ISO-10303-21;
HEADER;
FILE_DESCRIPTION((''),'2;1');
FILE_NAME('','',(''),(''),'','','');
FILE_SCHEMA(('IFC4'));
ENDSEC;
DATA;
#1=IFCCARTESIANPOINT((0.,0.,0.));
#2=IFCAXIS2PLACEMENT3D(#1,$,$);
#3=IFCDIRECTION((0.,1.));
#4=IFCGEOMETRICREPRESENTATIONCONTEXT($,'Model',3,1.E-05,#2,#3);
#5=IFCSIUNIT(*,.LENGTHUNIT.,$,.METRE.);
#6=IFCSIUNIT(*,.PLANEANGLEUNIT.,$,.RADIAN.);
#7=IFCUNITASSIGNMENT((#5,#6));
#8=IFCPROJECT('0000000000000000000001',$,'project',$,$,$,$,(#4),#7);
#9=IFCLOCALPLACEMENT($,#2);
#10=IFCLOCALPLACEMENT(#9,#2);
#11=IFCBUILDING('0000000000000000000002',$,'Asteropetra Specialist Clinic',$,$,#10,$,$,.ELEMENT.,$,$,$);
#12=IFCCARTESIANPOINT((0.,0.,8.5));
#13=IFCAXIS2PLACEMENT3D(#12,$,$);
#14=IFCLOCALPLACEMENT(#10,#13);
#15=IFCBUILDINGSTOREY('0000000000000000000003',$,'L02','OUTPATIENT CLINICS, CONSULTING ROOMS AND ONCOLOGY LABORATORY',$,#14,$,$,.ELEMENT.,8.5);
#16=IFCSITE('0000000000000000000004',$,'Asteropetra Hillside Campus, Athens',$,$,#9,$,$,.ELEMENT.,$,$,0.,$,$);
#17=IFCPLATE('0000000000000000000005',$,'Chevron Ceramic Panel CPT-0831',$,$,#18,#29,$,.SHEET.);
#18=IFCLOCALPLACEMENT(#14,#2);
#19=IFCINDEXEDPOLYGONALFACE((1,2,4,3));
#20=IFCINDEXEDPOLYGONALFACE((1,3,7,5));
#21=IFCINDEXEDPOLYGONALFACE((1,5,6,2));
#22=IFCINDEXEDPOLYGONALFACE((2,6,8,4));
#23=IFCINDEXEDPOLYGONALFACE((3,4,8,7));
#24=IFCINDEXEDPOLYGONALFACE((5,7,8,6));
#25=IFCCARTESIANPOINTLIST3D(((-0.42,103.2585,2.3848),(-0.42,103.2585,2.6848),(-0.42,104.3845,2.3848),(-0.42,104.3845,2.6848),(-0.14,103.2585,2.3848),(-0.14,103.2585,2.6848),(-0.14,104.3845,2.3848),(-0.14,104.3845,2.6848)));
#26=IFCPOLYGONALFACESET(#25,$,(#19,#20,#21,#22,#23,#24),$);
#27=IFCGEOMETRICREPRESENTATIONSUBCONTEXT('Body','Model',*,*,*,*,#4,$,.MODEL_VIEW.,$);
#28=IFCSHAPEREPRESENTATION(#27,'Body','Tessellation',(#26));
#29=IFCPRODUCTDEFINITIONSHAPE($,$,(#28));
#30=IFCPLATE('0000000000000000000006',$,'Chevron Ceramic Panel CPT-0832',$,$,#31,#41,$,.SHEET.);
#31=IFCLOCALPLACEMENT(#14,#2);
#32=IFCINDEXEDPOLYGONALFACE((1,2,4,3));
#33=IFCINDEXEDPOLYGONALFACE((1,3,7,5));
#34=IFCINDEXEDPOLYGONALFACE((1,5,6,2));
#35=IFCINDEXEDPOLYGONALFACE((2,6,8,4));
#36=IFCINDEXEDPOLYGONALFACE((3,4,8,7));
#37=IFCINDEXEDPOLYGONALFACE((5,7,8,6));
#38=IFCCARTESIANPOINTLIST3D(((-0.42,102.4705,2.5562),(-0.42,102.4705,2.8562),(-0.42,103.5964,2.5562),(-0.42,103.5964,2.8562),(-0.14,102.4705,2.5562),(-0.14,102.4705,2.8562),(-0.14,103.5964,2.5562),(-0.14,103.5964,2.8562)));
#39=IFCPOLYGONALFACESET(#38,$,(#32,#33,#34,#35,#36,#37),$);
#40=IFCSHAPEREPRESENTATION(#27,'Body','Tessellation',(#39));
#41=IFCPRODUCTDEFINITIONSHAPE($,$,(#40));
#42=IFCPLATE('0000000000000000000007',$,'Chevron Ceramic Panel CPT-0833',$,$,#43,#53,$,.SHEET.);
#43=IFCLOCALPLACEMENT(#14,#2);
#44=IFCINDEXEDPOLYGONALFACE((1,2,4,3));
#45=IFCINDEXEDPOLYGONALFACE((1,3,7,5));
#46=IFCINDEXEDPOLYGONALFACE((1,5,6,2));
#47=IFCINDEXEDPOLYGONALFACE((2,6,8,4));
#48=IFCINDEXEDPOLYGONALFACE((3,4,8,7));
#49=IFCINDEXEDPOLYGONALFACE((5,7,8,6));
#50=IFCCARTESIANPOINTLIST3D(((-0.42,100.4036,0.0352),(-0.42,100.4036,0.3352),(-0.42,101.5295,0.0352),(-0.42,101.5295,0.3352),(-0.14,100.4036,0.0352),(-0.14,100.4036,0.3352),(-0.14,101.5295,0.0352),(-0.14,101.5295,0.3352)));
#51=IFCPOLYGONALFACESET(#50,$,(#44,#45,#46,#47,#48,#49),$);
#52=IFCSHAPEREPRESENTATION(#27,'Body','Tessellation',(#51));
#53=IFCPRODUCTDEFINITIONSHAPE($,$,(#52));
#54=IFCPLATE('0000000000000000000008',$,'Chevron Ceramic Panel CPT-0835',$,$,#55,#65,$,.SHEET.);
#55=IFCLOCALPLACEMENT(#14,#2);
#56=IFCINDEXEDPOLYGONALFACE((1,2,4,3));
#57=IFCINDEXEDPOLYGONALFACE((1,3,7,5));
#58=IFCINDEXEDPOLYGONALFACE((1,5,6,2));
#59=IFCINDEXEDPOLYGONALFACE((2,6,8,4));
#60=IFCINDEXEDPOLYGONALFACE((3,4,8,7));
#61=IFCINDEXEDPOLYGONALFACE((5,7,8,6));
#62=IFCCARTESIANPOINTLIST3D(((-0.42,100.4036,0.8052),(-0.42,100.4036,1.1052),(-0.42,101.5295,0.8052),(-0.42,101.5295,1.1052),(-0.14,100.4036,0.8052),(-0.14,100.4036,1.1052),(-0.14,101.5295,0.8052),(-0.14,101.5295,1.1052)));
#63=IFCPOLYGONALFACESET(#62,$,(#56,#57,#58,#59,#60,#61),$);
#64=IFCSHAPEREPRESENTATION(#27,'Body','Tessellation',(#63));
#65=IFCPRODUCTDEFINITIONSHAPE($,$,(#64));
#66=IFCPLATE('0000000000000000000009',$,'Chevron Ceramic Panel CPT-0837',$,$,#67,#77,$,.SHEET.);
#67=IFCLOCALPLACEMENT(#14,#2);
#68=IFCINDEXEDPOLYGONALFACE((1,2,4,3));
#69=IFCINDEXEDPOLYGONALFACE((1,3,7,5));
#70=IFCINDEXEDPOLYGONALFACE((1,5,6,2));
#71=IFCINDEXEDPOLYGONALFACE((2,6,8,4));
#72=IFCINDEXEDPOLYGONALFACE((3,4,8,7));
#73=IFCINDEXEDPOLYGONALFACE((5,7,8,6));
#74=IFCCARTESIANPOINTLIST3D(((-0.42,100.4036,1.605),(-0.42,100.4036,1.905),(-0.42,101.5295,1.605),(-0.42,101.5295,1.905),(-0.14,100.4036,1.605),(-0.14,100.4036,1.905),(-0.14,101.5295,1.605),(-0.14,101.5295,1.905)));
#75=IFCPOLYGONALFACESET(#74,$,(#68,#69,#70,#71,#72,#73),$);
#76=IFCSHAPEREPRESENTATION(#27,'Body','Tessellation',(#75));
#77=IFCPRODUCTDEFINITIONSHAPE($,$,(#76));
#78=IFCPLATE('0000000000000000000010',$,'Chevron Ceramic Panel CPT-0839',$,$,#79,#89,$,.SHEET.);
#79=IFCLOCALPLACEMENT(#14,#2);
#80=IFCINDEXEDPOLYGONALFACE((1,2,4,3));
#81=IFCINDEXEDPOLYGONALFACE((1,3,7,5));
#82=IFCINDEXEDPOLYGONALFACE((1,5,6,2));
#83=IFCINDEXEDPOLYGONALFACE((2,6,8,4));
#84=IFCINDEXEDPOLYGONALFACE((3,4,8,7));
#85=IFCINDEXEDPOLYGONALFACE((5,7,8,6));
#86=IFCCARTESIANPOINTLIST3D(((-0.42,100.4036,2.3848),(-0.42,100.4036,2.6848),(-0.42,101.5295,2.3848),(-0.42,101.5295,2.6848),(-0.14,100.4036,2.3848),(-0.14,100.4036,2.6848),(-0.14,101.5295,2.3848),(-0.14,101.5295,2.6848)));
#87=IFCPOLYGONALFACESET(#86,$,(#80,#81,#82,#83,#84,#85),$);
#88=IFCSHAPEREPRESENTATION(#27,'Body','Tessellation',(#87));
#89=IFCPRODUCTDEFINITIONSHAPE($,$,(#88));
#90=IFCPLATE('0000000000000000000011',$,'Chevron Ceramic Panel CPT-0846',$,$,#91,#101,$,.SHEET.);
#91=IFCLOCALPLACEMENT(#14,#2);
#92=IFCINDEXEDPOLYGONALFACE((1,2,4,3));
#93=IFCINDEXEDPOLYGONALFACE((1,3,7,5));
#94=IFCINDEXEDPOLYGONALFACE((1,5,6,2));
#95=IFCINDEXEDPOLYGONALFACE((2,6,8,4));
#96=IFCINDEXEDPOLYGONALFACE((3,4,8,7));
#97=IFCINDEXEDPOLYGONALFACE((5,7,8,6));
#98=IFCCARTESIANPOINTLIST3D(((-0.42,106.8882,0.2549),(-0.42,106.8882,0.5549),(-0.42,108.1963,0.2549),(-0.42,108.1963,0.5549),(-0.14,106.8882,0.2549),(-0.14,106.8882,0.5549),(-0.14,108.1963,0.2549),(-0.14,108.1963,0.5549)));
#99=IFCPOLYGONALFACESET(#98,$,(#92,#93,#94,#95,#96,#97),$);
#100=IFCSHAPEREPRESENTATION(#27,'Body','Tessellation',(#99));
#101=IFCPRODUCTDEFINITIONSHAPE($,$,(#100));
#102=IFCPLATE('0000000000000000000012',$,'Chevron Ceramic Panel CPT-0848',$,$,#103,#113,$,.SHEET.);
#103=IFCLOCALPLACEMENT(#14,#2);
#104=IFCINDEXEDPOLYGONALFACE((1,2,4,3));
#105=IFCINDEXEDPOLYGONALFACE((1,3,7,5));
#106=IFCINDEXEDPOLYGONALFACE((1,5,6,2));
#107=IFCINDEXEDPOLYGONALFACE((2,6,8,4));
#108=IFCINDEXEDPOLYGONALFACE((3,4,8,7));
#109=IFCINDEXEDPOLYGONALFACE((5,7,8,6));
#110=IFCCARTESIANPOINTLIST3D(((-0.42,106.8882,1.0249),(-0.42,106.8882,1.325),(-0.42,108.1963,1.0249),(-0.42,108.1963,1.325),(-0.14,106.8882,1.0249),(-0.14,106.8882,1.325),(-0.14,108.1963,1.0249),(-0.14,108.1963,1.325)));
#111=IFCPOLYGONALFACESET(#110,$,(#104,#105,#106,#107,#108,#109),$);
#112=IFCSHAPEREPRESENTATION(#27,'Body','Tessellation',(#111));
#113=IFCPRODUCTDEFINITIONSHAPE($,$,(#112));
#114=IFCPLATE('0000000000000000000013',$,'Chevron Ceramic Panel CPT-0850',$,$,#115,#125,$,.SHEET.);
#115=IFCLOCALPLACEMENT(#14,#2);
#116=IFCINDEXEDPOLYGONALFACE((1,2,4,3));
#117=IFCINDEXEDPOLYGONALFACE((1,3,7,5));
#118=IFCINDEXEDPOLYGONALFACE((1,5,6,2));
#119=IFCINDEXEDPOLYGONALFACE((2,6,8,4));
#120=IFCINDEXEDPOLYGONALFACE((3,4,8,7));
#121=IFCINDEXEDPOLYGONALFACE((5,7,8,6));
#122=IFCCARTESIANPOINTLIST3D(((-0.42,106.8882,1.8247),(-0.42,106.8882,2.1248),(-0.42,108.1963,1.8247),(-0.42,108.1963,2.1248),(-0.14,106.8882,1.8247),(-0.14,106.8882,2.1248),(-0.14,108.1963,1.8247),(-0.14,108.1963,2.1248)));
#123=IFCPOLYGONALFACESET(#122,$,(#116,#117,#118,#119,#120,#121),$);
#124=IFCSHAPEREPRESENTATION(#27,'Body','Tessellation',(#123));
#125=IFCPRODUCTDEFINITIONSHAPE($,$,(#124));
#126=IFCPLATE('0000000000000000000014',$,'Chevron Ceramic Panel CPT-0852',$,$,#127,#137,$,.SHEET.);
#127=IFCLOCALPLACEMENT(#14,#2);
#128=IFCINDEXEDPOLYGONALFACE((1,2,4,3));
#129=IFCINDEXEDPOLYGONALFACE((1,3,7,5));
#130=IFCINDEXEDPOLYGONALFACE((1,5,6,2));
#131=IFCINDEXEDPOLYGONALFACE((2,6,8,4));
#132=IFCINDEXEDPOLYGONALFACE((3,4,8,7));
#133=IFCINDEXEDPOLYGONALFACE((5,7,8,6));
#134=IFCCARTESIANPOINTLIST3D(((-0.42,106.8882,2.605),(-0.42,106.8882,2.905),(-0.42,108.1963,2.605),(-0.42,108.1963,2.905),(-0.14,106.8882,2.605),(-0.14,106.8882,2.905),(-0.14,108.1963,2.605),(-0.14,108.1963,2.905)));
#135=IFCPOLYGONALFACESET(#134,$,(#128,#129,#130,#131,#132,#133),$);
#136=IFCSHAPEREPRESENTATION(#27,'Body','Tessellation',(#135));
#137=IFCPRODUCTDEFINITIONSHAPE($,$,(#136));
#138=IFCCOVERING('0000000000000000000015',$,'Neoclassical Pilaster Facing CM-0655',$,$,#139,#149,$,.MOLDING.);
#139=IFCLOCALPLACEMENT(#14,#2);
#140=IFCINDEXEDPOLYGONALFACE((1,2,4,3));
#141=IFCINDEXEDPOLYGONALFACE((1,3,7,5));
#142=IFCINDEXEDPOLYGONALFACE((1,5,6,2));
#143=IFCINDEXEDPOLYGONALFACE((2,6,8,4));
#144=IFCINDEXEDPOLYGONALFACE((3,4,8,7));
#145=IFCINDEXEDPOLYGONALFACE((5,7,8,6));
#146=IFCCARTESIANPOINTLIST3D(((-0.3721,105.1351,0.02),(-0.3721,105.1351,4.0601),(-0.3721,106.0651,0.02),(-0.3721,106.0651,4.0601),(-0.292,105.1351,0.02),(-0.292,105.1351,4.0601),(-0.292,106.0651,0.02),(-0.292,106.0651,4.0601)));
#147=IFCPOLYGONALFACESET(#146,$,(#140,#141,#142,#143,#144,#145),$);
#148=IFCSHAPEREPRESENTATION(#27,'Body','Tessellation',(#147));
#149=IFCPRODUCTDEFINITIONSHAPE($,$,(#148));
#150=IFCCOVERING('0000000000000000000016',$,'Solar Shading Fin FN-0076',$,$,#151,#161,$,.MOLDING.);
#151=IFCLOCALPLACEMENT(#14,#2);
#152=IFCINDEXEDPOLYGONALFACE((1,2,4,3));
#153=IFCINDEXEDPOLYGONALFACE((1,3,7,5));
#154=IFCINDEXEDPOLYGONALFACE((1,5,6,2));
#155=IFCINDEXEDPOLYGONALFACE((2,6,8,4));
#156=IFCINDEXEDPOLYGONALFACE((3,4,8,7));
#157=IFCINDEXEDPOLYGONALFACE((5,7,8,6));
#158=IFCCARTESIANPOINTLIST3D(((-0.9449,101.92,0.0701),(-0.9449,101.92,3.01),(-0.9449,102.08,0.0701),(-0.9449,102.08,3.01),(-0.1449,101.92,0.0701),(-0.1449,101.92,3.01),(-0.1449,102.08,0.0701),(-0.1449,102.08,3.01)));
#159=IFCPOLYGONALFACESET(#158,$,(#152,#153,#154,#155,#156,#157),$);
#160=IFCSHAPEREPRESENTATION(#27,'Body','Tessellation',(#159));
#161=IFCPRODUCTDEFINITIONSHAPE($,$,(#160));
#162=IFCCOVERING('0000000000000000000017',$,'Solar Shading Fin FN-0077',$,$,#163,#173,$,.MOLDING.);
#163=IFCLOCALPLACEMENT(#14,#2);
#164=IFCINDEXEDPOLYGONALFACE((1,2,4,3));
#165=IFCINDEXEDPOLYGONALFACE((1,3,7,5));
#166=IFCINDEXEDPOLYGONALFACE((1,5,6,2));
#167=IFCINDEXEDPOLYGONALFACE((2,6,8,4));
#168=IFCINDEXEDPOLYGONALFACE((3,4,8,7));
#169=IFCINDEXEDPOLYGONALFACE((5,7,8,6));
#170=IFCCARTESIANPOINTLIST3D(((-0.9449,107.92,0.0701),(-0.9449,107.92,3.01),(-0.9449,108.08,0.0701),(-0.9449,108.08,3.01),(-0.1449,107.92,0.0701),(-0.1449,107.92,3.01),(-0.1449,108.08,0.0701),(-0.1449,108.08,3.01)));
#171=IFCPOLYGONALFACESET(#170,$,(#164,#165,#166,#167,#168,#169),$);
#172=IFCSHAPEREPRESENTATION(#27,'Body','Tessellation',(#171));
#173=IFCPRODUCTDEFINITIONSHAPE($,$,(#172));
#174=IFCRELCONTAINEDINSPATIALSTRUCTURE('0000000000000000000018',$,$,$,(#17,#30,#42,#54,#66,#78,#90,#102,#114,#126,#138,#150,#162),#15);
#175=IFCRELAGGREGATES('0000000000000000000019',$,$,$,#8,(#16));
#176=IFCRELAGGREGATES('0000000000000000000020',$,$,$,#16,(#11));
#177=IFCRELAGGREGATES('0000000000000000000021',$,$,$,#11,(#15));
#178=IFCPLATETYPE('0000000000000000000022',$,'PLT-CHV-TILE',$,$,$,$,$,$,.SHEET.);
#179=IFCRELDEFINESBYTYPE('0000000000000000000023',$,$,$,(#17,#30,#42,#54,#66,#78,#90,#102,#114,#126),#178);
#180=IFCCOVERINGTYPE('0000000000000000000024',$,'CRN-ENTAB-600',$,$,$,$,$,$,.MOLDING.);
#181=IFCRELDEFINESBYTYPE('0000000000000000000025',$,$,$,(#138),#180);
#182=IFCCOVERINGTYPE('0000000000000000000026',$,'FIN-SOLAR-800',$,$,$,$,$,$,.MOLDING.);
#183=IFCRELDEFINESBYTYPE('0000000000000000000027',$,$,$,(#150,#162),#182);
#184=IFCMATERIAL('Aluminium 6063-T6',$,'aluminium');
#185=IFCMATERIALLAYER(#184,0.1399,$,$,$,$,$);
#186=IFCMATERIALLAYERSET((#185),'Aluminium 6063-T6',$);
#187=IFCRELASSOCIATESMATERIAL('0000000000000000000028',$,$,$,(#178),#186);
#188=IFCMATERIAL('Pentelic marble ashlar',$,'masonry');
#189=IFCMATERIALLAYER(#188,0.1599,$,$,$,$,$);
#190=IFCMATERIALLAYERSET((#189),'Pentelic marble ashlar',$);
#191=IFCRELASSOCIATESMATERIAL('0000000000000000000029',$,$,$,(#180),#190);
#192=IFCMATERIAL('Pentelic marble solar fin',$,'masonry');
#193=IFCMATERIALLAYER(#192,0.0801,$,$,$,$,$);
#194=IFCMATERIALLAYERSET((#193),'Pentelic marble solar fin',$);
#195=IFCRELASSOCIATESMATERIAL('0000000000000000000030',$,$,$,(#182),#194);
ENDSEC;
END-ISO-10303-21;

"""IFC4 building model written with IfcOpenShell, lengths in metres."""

from ifc_helpers import new_model, si_unit, direction, frame, origin, origin_2d, place, context, subcontext, project, spatial, rectangle, extrude, material, layer, layer_set, type_object, element, save


model = new_model("IFC4")

# Units and contexts
model_context = context("Model", 3, precision=1e-05, world=origin(), true_north=direction((0.0, 1.0)))
body_context = subcontext(model_context, "Body", "Model", "MODEL_VIEW")
ifc_project = project(units=[si_unit("LENGTHUNIT", "METRE"), si_unit("PLANEANGLEUNIT", "RADIAN")], contexts=[model_context])

# Site, building, storey
site_placement = place(None, origin())
site = spatial("IfcSite", under=ifc_project, at=site_placement, Name="Asteropetra Hillside Campus, Athens", CompositionType="ELEMENT", RefElevation=0.0)
building_placement = place(site_placement, origin())
building = spatial("IfcBuilding", under=site, at=building_placement, Name="Asteropetra Specialist Clinic", CompositionType="ELEMENT")
storey_placement = place(building_placement, frame((0.0, 0.0, 8.5)))
storey = spatial("IfcBuildingStorey", under=building, at=storey_placement, Name="L02", Description="OUTPATIENT CLINICS, CONSULTING ROOMS AND ONCOLOGY LABORATORY", CompositionType="ELEMENT", Elevation=8.5)

# Plates
ifc_material_1 = material(Name="Aluminium 6063-T6", Category="aluminium")
ifc_layer_1 = layer(ifc_material_1, 0.1399)
ifc_layer_set_1 = layer_set([ifc_layer_1], Name="Aluminium 6063-T6")
plate_type_1 = type_object("IfcPlateType", Name="PLT-CHV-TILE", PredefinedType="SHEET", material=ifc_layer_set_1)
for number, where, z_axis, x_axis, name in (
    (1, (-0.28, 103.8215, 2.3848), (0.0, 0.0, 1.0), (1.0, 0.0, 0.0), "Chevron Ceramic Panel CPT-0831"),
    (2, (-0.28, 103.0334, 2.5562), (0.0, 0.0, 1.0), (1.0, 0.0, 0.0), "Chevron Ceramic Panel CPT-0832"),
    (3, (-0.28, 100.9666, 0.0352), (0.0, 0.0, 1.0), (1.0, 0.0, 0.0), "Chevron Ceramic Panel CPT-0833"),
    (4, (-0.28, 100.9666, 0.8052), (0.0, 0.0, 1.0), (1.0, 0.0, 0.0), "Chevron Ceramic Panel CPT-0835"),
    (5, (-0.28, 100.9666, 1.605), (0.0, 0.0, 1.0), (1.0, 0.0, 0.0), "Chevron Ceramic Panel CPT-0837"),
    (6, (-0.28, 100.9666, 2.3848), (0.0, 0.0, 1.0), (1.0, 0.0, 0.0), "Chevron Ceramic Panel CPT-0839"),
):
    element("IfcPlate", number, at=place(storey_placement, frame(where, z_axis=z_axis, x_axis=x_axis)), inside=storey, type_object=plate_type_1, Name=name, PredefinedType="SHEET", context=body_context, shape_type="SweptSolid", body=[
        extrude(rectangle(XDim=0.28, YDim=1.126, at=origin_2d()), origin(), (0.0, 0.0, 1.0), 0.3),
    ])
for number, where, z_axis, x_axis, name in (
    (7, (-0.28, 107.5422, 0.2549), (0.0, 0.0, 1.0), (1.0, 0.0, 0.0), "Chevron Ceramic Panel CPT-0846"),
    (8, (-0.28, 107.5422, 1.0249), (0.0, 0.0, 1.0), (1.0, 0.0, 0.0), "Chevron Ceramic Panel CPT-0848"),
    (9, (-0.28, 107.5422, 1.8247), (0.0, 0.0, 1.0), (1.0, 0.0, 0.0), "Chevron Ceramic Panel CPT-0850"),
    (10, (-0.28, 107.5422, 2.605), (0.0, 0.0, 1.0), (1.0, 0.0, 0.0), "Chevron Ceramic Panel CPT-0852"),
):
    element("IfcPlate", number, at=place(storey_placement, frame(where, z_axis=z_axis, x_axis=x_axis)), inside=storey, type_object=plate_type_1, Name=name, PredefinedType="SHEET", context=body_context, shape_type="SweptSolid", body=[
        extrude(rectangle(XDim=0.28, YDim=1.3081, at=origin_2d()), origin(), (0.0, 0.0, 1.0), 0.3),
    ])

# Coverings
ifc_material_2 = material(Name="Pentelic marble ashlar", Category="masonry")
ifc_layer_2 = layer(ifc_material_2, 0.1599)
ifc_layer_set_2 = layer_set([ifc_layer_2], Name="Pentelic marble ashlar")
covering_type_1 = type_object("IfcCoveringType", Name="CRN-ENTAB-600", PredefinedType="MOLDING", material=ifc_layer_set_2)
covering_placement = place(storey_placement, frame((-0.332, 105.6001, 0.02), z_axis=(0.0, 0.0, 1.0), x_axis=(1.0, 0.0, 0.0)))
element("IfcCovering", 11, at=covering_placement, inside=storey, type_object=covering_type_1, Name="Neoclassical Pilaster Facing CM-0655", PredefinedType="MOLDING", context=body_context, shape_type="SweptSolid", body=[
    extrude(rectangle(XDim=0.0801, YDim=0.9299, at=origin_2d()), origin(), (0.0, 0.0, 1.0), 4.04),
])
ifc_material_3 = material(Name="Pentelic marble solar fin", Category="masonry")
ifc_layer_3 = layer(ifc_material_3, 0.0801)
ifc_layer_set_3 = layer_set([ifc_layer_3], Name="Pentelic marble solar fin")
covering_type_2 = type_object("IfcCoveringType", Name="FIN-SOLAR-800", PredefinedType="MOLDING", material=ifc_layer_set_3)
for number, where, z_axis, x_axis, name in (
    (12, (-0.5449, 102.0, 0.0701), (0.0, 0.0, 1.0), (1.0, 0.0, 0.0), "Solar Shading Fin FN-0076"),
    (13, (-0.5449, 108.0, 0.0701), (0.0, 0.0, 1.0), (1.0, 0.0, 0.0), "Solar Shading Fin FN-0077"),
):
    element("IfcCovering", number, at=place(storey_placement, frame(where, z_axis=z_axis, x_axis=x_axis)), inside=storey, type_object=covering_type_2, Name=name, PredefinedType="MOLDING", context=body_context, shape_type="SweptSolid", body=[
        extrude(rectangle(XDim=0.8, YDim=0.1599, at=origin_2d()), origin(), (0.0, 0.0, 1.0), 2.9399),
    ])

save(model, "model.ifc")
